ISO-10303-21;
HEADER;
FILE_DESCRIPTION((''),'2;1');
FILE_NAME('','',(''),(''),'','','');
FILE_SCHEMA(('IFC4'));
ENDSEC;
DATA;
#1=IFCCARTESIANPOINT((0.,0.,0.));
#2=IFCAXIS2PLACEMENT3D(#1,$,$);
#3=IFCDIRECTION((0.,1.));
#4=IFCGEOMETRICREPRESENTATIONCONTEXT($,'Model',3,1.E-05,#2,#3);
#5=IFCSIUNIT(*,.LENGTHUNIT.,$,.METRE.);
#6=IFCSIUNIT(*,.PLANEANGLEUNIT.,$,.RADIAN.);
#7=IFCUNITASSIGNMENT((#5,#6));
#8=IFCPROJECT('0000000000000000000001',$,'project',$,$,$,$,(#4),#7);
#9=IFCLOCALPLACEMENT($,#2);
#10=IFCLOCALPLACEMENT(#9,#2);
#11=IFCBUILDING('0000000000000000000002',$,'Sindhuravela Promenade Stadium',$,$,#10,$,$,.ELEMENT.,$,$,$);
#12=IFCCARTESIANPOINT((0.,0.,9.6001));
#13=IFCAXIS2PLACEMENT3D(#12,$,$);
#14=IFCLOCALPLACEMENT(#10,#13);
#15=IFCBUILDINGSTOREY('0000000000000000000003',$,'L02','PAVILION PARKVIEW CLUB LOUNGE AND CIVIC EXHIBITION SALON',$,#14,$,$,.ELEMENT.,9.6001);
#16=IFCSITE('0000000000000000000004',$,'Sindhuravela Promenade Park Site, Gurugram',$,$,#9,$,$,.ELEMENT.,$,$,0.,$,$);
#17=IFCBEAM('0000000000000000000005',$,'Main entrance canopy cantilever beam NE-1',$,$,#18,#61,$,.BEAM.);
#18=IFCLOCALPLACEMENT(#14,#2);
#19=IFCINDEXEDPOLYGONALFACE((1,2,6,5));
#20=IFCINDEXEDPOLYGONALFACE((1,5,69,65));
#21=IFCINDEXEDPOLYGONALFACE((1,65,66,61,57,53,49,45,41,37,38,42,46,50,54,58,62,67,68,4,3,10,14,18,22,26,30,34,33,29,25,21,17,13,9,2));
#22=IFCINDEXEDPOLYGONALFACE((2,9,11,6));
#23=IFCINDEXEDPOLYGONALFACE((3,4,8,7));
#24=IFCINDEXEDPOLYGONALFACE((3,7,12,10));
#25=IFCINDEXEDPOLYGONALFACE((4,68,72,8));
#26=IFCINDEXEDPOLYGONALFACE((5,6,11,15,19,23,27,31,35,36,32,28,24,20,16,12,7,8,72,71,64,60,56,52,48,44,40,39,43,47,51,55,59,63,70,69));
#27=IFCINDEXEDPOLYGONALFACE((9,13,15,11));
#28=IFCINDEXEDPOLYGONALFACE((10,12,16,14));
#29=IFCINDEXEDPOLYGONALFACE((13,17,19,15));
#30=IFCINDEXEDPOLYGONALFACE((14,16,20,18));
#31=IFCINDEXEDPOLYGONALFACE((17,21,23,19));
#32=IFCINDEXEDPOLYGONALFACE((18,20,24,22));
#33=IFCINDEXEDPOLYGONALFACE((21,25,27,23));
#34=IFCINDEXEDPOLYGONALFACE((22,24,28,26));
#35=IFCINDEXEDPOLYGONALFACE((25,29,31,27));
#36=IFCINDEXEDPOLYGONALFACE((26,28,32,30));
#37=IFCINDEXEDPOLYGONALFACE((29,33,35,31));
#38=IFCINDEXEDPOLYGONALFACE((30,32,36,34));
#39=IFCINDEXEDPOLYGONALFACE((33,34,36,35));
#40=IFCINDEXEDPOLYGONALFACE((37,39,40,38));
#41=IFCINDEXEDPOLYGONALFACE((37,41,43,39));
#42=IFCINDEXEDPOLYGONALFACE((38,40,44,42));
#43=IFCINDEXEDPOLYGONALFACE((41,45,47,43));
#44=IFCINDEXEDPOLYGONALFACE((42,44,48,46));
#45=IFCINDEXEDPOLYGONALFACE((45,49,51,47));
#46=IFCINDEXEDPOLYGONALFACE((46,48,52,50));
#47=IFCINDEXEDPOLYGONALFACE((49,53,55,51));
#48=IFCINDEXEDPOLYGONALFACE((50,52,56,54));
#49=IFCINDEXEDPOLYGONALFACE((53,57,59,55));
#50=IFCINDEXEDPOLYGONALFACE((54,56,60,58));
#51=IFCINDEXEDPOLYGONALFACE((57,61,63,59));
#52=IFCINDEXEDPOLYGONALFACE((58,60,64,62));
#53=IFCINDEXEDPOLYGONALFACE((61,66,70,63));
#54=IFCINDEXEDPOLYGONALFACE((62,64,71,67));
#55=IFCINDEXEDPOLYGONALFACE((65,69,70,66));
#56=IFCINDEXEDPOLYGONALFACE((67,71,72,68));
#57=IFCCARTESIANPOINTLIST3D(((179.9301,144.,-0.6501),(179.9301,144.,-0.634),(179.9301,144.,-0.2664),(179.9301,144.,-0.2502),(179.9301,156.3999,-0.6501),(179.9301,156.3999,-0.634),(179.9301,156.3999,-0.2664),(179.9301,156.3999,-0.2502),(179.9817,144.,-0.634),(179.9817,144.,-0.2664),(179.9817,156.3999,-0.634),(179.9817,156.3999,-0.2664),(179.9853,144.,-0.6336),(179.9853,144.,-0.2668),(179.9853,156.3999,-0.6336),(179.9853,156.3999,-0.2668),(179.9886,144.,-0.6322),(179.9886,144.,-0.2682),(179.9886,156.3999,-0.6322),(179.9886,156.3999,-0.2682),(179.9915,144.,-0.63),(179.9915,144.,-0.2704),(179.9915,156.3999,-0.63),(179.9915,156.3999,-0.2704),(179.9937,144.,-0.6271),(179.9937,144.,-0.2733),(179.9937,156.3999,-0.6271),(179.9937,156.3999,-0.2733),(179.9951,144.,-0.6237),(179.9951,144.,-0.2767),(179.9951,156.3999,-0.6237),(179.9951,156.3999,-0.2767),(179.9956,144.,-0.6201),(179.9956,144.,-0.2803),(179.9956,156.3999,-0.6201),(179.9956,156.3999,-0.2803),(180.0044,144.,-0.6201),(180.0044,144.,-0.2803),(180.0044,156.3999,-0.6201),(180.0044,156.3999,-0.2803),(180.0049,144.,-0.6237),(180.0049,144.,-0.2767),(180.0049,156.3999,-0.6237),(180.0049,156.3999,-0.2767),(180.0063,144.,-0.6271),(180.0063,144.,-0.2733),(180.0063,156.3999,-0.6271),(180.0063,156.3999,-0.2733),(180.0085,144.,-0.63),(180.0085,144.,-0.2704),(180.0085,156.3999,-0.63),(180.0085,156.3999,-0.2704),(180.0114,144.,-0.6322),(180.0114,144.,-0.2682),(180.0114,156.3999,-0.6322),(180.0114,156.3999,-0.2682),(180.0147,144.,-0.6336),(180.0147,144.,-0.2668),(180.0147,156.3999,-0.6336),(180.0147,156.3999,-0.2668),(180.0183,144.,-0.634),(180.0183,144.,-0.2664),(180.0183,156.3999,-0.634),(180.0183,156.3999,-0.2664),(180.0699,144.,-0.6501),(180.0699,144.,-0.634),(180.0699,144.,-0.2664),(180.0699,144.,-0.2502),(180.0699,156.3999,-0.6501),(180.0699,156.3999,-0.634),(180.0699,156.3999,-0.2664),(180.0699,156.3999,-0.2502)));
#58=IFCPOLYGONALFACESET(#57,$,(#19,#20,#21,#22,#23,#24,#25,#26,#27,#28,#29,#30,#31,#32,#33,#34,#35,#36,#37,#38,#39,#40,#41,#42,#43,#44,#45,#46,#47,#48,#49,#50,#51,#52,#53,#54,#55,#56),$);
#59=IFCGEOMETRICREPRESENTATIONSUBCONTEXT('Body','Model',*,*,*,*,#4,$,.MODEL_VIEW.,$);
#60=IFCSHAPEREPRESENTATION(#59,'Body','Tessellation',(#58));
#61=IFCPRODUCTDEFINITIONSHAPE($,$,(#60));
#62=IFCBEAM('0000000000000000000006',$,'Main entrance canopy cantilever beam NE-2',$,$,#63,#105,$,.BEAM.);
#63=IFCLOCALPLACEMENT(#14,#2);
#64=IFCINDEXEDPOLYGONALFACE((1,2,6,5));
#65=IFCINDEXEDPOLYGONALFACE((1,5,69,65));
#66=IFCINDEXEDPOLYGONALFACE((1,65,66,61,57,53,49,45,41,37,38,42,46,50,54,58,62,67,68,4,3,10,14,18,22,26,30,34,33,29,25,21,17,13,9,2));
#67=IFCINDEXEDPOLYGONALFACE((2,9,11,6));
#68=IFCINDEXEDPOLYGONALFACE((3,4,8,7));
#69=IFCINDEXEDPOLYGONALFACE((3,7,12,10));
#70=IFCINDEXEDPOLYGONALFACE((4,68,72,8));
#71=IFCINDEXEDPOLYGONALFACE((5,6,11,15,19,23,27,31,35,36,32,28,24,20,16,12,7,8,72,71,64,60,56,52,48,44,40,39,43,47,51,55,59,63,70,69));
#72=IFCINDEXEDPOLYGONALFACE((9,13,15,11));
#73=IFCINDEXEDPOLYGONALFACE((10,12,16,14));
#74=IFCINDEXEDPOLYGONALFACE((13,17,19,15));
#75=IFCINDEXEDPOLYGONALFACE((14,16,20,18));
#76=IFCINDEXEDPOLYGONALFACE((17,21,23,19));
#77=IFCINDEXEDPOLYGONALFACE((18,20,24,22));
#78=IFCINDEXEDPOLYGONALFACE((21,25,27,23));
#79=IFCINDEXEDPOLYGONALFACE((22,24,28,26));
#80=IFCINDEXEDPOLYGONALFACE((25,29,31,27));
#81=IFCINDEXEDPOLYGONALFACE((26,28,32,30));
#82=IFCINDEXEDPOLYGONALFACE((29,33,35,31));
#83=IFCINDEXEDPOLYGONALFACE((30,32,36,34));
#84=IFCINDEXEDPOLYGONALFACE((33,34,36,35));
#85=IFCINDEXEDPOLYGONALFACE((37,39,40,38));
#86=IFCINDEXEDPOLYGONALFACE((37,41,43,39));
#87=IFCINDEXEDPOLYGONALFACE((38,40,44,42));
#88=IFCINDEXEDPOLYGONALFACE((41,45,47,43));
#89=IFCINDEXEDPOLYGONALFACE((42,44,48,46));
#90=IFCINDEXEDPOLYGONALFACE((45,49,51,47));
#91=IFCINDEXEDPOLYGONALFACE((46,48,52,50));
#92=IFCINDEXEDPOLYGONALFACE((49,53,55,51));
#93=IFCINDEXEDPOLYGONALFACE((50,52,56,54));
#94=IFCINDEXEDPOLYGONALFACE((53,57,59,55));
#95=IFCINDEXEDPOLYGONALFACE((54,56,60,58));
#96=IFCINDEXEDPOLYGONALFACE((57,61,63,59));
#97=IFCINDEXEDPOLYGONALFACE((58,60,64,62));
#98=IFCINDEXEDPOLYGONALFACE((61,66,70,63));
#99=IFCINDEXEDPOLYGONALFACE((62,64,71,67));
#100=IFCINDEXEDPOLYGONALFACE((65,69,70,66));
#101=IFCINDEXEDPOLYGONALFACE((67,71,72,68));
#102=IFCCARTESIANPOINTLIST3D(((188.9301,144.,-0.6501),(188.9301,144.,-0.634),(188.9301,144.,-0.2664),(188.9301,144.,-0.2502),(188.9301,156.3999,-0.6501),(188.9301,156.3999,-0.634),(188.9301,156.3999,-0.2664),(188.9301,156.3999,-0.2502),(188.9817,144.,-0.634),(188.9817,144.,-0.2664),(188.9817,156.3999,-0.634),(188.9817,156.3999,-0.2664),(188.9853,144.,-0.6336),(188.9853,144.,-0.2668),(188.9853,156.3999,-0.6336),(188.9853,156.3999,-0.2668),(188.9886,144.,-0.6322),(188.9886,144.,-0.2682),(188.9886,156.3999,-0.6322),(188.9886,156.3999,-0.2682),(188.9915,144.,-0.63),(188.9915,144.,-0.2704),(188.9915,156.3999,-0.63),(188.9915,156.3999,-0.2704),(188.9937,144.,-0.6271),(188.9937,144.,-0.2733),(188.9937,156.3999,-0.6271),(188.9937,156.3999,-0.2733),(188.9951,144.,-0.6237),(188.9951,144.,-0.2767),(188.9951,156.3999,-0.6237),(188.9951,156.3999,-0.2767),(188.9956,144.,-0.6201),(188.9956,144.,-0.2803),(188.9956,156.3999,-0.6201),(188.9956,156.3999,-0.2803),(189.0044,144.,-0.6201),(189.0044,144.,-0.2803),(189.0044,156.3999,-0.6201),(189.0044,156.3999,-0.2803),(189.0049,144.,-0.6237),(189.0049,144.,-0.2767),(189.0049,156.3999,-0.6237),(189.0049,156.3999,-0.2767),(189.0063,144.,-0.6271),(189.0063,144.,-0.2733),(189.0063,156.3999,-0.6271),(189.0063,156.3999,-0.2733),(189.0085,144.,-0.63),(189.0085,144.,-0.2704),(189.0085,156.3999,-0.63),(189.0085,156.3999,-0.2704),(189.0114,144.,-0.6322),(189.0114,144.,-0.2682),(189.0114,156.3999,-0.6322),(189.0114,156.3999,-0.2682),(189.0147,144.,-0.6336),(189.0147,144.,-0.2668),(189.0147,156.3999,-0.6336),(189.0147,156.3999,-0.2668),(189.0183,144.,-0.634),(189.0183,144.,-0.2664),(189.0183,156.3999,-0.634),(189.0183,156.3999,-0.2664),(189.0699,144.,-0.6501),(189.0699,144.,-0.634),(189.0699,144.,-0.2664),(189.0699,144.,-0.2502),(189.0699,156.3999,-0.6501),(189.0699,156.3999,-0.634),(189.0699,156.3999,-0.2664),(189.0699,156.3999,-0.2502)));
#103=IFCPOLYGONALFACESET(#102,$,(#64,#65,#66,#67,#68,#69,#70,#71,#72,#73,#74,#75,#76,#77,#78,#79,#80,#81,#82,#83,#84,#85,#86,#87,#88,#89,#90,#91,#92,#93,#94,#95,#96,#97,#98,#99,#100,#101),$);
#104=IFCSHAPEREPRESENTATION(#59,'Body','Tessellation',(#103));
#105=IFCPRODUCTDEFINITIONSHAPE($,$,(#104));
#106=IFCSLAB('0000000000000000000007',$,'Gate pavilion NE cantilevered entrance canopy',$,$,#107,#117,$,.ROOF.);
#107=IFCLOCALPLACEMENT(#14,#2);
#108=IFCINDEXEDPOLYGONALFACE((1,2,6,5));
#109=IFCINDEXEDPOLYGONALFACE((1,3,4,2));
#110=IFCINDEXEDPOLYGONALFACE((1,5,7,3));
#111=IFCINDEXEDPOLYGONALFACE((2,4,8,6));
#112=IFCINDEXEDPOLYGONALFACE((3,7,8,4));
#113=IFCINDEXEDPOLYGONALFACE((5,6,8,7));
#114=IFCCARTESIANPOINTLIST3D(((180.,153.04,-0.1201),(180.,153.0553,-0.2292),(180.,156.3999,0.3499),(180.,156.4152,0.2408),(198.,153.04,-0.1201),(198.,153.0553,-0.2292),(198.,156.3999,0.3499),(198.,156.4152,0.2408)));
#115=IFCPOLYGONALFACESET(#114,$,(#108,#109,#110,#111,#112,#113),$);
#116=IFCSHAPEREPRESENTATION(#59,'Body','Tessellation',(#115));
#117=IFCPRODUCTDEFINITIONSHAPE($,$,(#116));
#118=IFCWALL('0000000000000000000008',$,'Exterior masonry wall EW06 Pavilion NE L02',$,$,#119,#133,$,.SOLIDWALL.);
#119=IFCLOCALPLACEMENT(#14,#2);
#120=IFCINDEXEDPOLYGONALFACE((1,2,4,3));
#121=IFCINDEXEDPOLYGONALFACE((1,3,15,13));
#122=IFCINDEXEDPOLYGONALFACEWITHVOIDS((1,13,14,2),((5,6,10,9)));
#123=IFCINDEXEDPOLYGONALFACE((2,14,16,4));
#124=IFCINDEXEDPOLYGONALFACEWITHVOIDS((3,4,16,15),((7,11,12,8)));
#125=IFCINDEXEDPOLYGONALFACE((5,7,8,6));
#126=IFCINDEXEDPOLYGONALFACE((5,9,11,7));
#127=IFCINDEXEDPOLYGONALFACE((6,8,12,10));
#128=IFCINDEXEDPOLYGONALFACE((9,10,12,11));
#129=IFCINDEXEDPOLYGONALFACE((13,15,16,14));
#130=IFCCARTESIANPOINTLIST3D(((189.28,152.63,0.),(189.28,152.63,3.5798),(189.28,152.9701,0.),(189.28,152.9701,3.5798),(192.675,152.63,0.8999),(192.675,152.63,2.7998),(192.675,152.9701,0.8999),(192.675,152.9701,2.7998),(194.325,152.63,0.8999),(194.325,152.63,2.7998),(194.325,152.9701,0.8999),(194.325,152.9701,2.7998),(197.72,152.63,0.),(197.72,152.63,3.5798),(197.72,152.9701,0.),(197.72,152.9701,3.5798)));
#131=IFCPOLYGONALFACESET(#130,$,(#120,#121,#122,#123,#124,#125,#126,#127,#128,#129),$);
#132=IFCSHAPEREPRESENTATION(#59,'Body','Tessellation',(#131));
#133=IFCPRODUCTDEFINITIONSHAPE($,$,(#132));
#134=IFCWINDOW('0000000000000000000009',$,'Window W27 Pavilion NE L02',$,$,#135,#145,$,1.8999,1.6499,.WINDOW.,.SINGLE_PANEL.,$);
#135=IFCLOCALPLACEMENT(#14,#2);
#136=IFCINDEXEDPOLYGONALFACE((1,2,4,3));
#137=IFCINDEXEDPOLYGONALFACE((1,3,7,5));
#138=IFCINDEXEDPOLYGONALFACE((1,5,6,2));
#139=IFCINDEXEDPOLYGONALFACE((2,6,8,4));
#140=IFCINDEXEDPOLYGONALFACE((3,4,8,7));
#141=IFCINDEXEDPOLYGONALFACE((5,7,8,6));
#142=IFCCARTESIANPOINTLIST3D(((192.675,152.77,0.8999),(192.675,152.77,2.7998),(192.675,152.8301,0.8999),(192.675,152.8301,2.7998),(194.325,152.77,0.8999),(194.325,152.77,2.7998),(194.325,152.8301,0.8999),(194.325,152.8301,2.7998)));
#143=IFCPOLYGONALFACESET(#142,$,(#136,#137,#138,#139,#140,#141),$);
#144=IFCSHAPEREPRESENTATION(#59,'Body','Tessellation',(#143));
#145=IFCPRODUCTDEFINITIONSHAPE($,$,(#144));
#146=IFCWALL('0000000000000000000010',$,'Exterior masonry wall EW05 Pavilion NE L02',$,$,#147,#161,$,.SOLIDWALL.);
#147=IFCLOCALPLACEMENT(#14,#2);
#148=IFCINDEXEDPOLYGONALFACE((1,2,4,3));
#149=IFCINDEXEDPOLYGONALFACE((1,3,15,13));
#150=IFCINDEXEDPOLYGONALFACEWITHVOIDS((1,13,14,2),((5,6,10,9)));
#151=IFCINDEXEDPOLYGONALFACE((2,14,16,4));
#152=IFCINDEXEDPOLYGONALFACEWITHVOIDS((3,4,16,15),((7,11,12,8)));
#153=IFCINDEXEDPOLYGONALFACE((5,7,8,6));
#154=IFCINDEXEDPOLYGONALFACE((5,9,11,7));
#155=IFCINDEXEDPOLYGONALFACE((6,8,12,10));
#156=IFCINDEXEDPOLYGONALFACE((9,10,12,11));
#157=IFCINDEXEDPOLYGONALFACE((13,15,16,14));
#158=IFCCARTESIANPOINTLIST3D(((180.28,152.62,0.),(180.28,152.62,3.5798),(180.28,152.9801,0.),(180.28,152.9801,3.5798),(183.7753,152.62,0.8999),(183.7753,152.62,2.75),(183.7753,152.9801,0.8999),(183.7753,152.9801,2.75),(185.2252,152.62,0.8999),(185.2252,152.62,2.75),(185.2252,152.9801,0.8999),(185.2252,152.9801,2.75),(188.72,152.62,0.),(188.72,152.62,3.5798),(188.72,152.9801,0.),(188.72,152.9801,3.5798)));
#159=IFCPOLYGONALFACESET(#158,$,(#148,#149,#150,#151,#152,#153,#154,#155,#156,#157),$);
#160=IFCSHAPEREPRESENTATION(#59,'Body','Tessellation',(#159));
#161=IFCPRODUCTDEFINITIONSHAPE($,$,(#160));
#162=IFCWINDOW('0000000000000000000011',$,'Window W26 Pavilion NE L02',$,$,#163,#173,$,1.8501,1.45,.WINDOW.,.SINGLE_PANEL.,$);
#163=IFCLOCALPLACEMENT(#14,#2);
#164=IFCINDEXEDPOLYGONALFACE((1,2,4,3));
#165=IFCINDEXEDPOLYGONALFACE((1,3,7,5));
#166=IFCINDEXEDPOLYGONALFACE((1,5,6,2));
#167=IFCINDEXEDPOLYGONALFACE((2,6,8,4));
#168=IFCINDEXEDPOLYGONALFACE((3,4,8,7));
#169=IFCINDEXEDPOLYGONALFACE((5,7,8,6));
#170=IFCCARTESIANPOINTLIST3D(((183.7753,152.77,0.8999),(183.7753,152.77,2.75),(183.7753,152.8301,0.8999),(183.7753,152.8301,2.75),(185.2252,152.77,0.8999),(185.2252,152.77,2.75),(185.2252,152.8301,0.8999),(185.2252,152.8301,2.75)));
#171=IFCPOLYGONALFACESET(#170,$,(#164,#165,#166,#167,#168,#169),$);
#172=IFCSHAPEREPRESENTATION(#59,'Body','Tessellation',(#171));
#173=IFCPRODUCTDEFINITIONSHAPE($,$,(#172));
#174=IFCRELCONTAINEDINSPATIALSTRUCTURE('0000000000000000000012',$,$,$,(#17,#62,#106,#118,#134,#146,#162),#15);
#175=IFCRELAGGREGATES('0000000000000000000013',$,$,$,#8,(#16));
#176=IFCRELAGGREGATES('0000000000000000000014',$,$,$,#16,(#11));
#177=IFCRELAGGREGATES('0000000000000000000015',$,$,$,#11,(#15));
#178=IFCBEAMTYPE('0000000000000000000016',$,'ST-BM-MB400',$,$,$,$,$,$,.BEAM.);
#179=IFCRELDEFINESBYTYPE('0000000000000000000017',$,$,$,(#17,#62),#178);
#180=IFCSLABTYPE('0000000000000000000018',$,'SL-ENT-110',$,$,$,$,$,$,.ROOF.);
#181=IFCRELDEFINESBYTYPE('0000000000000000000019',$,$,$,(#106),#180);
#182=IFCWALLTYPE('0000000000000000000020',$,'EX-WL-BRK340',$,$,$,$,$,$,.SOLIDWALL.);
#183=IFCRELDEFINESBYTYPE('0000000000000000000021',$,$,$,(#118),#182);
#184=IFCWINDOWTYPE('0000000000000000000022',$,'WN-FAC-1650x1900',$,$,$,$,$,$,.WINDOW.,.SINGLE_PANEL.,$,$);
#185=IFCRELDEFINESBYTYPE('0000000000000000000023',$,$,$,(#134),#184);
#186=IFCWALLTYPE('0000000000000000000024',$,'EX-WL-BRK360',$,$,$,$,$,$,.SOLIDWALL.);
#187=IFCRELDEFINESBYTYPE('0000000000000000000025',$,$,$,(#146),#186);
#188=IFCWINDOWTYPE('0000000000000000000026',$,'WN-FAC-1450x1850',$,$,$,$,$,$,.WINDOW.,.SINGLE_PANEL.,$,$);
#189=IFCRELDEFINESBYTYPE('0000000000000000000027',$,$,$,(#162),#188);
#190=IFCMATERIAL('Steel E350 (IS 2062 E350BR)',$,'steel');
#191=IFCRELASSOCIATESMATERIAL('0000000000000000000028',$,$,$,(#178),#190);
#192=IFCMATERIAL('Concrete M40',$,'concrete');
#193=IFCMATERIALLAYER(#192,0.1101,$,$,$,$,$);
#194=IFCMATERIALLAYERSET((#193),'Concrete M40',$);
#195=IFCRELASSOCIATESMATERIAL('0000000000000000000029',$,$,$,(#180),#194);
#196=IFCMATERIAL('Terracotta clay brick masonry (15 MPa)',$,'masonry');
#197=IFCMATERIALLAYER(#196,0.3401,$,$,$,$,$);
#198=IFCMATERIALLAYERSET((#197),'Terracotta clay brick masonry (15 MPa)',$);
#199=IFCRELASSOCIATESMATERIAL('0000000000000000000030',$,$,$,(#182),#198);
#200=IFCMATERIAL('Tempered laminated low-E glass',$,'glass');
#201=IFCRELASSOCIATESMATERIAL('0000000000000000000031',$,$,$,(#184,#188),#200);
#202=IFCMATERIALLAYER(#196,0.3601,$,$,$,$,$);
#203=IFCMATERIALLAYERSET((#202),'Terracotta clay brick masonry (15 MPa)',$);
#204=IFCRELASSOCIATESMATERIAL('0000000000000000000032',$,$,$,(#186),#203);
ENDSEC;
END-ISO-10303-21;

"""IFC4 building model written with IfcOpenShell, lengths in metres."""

from ifc_helpers import new_model, si_unit, direction, frame, frame_2d, origin, origin_2d, place, context, subcontext, project, spatial, polyline, rectangle, i_section, outline, extrude, material, layer, layer_set, material_profile, profile_set, type_object, element, fill, save


model = new_model("IFC4")

# Units and contexts
model_context = context("Model", 3, precision=1e-05, world=origin(), true_north=direction((0.0, 1.0)))
body_context = subcontext(model_context, "Body", "Model", "MODEL_VIEW")
ifc_project = project(units=[si_unit("LENGTHUNIT", "METRE"), si_unit("PLANEANGLEUNIT", "RADIAN")], contexts=[model_context])

# Site, building, storey
site_placement = place(None, origin())
site = spatial("IfcSite", under=ifc_project, at=site_placement, Name="Sindhuravela Promenade Park Site, Gurugram", CompositionType="ELEMENT", RefElevation=0.0)
building_placement = place(site_placement, origin())
building = spatial("IfcBuilding", under=site, at=building_placement, Name="Sindhuravela Promenade Stadium", CompositionType="ELEMENT")
storey_placement = place(building_placement, frame((0.0, 0.0, 9.6001)))
storey = spatial("IfcBuildingStorey", under=building, at=storey_placement, Name="L02", Description="PAVILION PARKVIEW CLUB LOUNGE AND CIVIC EXHIBITION SALON", CompositionType="ELEMENT", Elevation=9.6001)

# Shared definitions
ifc_material_1 = material(Name="Concrete M40", Category="concrete")

# Beams
ifc_material_2 = material(Name="Steel E350 (IS 2062 E350BR)", Category="steel")
ifc_material_profile_1 = material_profile(ifc_material_2, i_section(OverallWidth=0.1399, OverallDepth=0.3999, WebThickness=0.0088, FlangeThickness=0.0161, FilletRadius=0.0139, at=origin_2d()), Name="ISMB 400")
ifc_profile_set_1 = profile_set([ifc_material_profile_1], Name="Steel E350 (IS 2062 E350BR)")
beam_type_1 = type_object("IfcBeamType", Name="ST-BM-MB400", PredefinedType="BEAM", material=ifc_profile_set_1)
for number, where, z_axis, x_axis, name in (
    (1, (180.0, 144.0, -0.4502), (0.0, 1.0, 0.0), (-1.0, 0.0, 0.0), "Main entrance canopy cantilever beam NE-1"),
    (2, (189.0, 144.0, -0.4502), (0.0, 1.0, 0.0), (-1.0, 0.0, 0.0), "Main entrance canopy cantilever beam NE-2"),
):
    element("IfcBeam", number, at=place(storey_placement, frame(where, z_axis=z_axis, x_axis=x_axis)), inside=storey, type_object=beam_type_1, Name=name, PredefinedType="BEAM", context=body_context, shape_type="SweptSolid", body=[
        extrude(i_section(OverallWidth=0.1399, OverallDepth=0.3999, WebThickness=0.0088, FlangeThickness=0.0161, FilletRadius=0.0139, at=origin_2d()), origin(), (0.0, 0.0, 1.0), 12.3999),
    ])

# Slab
ifc_layer_1 = layer(ifc_material_1, 0.1101)
ifc_layer_set_1 = layer_set([ifc_layer_1], Name="Concrete M40")
slab_type = type_object("IfcSlabType", Name="SL-ENT-110", PredefinedType="ROOF", material=ifc_layer_set_1)
slab_placement = place(storey_placement, frame((180.0, 153.04, -0.1201), z_axis=(0.0, -0.138529, 0.990358), x_axis=(1.0, 0.0, 0.0)))
element("IfcSlab", 3, at=slab_placement, inside=storey, type_object=slab_type, Name="Gate pavilion NE cantilevered entrance canopy", PredefinedType="ROOF", context=body_context, shape_type="SweptSolid", body=[
    extrude(outline(polyline([(0.0, 0.0), (18.0, 0.0), (18.0, 3.3926), (0.0, 3.3926), (0.0, 0.0)])), origin(), (0.0, 0.0, -1.0), 0.1101),
])

# Walls, openings, windows
ifc_material_3 = material(Name="Terracotta clay brick masonry (15 MPa)", Category="masonry")
ifc_layer_2 = layer(ifc_material_3, 0.3401)
ifc_layer_set_2 = layer_set([ifc_layer_2], Name="Terracotta clay brick masonry (15 MPa)")
wall_type_1 = type_object("IfcWallType", Name="EX-WL-BRK340", PredefinedType="SOLIDWALL", material=ifc_layer_set_2)
wall_1_placement = place(storey_placement, frame((189.28, 152.8, 0.0), z_axis=(0.0, 0.0, 1.0), x_axis=(1.0, 0.0, 0.0)))
wall_1 = element("IfcWall", 4, at=wall_1_placement, inside=storey, type_object=wall_type_1, Name="Exterior masonry wall EW06 Pavilion NE L02", PredefinedType="SOLIDWALL", context=body_context, shape_type="SweptSolid", body=[
    extrude(rectangle(XDim=8.4399, YDim=0.3401, at=frame_2d((4.22, 0.0))), origin(), (0.0, 0.0, 1.0), 3.5798),
])
opening_1_placement = place(wall_1_placement, frame((3.395, 0.0, 0.8999)))
opening_1 = element("IfcOpeningElement", 5, at=opening_1_placement, cuts=wall_1, PredefinedType="OPENING", context=body_context, shape_type="SweptSolid", body=[
    extrude(rectangle(XDim=1.6499, YDim=1.8999, at=frame_2d((0.825, 0.95))), frame((0.0, 0.1799, 0.0), z_axis=(0.0, -1.0, 0.0), x_axis=(1.0, 0.0, 0.0)), (0.0, 0.0, 1.0), 0.3601),
])
ifc_material_4 = material(Name="Tempered laminated low-E glass", Category="glass")
window_type_1 = type_object("IfcWindowType", Name="WN-FAC-1650x1900", PartitioningType="SINGLE_PANEL", PredefinedType="WINDOW", material=ifc_material_4)
window_1_placement = place(opening_1_placement, origin())
window_1 = element("IfcWindow", 6, at=window_1_placement, inside=storey, type_object=window_type_1, Name="Window W27 Pavilion NE L02", OverallHeight=1.8999, OverallWidth=1.6499, PartitioningType="SINGLE_PANEL", PredefinedType="WINDOW", context=body_context, shape_type="SweptSolid", body=[
    extrude(rectangle(XDim=1.6499, YDim=1.8999, at=frame_2d((0.825, 0.95))), frame((0.0, 0.03, 0.0), z_axis=(0.0, -1.0, 0.0), x_axis=(1.0, 0.0, 0.0)), (0.0, 0.0, 1.0), 0.0601),
])
fill(opening_1, window_1)
ifc_layer_3 = layer(ifc_material_3, 0.3601)
ifc_layer_set_3 = layer_set([ifc_layer_3], Name="Terracotta clay brick masonry (15 MPa)")
wall_type_2 = type_object("IfcWallType", Name="EX-WL-BRK360", PredefinedType="SOLIDWALL", material=ifc_layer_set_3)
wall_2_placement = place(storey_placement, frame((180.28, 152.8, 0.0), z_axis=(0.0, 0.0, 1.0), x_axis=(1.0, 0.0, 0.0)))
wall_2 = element("IfcWall", 7, at=wall_2_placement, inside=storey, type_object=wall_type_2, Name="Exterior masonry wall EW05 Pavilion NE L02", PredefinedType="SOLIDWALL", context=body_context, shape_type="SweptSolid", body=[
    extrude(rectangle(XDim=8.4399, YDim=0.3601, at=frame_2d((4.22, 0.0))), origin(), (0.0, 0.0, 1.0), 3.5798),
])
opening_2_placement = place(wall_2_placement, frame((3.4951, 0.0, 0.8999)))
opening_2 = element("IfcOpeningElement", 8, at=opening_2_placement, cuts=wall_2, PredefinedType="OPENING", context=body_context, shape_type="SweptSolid", body=[
    extrude(rectangle(XDim=1.45, YDim=1.8501, at=frame_2d((0.7251, 0.925))), frame((0.0, 0.1899, 0.0), z_axis=(0.0, -1.0, 0.0), x_axis=(1.0, 0.0, 0.0)), (0.0, 0.0, 1.0), 0.3801),
])
window_type_2 = type_object("IfcWindowType", Name="WN-FAC-1450x1850", PartitioningType="SINGLE_PANEL", PredefinedType="WINDOW", material=ifc_material_4)
window_2_placement = place(opening_2_placement, origin())
window_2 = element("IfcWindow", 9, at=window_2_placement, inside=storey, type_object=window_type_2, Name="Window W26 Pavilion NE L02", OverallHeight=1.8501, OverallWidth=1.45, PartitioningType="SINGLE_PANEL", PredefinedType="WINDOW", context=body_context, shape_type="SweptSolid", body=[
    extrude(rectangle(XDim=1.45, YDim=1.8501, at=frame_2d((0.7251, 0.925))), frame((0.0, 0.03, 0.0), z_axis=(0.0, -1.0, 0.0), x_axis=(1.0, 0.0, 0.0)), (0.0, 0.0, 1.0), 0.0601),
])
fill(opening_2, window_2)

save(model, "model.ifc")
